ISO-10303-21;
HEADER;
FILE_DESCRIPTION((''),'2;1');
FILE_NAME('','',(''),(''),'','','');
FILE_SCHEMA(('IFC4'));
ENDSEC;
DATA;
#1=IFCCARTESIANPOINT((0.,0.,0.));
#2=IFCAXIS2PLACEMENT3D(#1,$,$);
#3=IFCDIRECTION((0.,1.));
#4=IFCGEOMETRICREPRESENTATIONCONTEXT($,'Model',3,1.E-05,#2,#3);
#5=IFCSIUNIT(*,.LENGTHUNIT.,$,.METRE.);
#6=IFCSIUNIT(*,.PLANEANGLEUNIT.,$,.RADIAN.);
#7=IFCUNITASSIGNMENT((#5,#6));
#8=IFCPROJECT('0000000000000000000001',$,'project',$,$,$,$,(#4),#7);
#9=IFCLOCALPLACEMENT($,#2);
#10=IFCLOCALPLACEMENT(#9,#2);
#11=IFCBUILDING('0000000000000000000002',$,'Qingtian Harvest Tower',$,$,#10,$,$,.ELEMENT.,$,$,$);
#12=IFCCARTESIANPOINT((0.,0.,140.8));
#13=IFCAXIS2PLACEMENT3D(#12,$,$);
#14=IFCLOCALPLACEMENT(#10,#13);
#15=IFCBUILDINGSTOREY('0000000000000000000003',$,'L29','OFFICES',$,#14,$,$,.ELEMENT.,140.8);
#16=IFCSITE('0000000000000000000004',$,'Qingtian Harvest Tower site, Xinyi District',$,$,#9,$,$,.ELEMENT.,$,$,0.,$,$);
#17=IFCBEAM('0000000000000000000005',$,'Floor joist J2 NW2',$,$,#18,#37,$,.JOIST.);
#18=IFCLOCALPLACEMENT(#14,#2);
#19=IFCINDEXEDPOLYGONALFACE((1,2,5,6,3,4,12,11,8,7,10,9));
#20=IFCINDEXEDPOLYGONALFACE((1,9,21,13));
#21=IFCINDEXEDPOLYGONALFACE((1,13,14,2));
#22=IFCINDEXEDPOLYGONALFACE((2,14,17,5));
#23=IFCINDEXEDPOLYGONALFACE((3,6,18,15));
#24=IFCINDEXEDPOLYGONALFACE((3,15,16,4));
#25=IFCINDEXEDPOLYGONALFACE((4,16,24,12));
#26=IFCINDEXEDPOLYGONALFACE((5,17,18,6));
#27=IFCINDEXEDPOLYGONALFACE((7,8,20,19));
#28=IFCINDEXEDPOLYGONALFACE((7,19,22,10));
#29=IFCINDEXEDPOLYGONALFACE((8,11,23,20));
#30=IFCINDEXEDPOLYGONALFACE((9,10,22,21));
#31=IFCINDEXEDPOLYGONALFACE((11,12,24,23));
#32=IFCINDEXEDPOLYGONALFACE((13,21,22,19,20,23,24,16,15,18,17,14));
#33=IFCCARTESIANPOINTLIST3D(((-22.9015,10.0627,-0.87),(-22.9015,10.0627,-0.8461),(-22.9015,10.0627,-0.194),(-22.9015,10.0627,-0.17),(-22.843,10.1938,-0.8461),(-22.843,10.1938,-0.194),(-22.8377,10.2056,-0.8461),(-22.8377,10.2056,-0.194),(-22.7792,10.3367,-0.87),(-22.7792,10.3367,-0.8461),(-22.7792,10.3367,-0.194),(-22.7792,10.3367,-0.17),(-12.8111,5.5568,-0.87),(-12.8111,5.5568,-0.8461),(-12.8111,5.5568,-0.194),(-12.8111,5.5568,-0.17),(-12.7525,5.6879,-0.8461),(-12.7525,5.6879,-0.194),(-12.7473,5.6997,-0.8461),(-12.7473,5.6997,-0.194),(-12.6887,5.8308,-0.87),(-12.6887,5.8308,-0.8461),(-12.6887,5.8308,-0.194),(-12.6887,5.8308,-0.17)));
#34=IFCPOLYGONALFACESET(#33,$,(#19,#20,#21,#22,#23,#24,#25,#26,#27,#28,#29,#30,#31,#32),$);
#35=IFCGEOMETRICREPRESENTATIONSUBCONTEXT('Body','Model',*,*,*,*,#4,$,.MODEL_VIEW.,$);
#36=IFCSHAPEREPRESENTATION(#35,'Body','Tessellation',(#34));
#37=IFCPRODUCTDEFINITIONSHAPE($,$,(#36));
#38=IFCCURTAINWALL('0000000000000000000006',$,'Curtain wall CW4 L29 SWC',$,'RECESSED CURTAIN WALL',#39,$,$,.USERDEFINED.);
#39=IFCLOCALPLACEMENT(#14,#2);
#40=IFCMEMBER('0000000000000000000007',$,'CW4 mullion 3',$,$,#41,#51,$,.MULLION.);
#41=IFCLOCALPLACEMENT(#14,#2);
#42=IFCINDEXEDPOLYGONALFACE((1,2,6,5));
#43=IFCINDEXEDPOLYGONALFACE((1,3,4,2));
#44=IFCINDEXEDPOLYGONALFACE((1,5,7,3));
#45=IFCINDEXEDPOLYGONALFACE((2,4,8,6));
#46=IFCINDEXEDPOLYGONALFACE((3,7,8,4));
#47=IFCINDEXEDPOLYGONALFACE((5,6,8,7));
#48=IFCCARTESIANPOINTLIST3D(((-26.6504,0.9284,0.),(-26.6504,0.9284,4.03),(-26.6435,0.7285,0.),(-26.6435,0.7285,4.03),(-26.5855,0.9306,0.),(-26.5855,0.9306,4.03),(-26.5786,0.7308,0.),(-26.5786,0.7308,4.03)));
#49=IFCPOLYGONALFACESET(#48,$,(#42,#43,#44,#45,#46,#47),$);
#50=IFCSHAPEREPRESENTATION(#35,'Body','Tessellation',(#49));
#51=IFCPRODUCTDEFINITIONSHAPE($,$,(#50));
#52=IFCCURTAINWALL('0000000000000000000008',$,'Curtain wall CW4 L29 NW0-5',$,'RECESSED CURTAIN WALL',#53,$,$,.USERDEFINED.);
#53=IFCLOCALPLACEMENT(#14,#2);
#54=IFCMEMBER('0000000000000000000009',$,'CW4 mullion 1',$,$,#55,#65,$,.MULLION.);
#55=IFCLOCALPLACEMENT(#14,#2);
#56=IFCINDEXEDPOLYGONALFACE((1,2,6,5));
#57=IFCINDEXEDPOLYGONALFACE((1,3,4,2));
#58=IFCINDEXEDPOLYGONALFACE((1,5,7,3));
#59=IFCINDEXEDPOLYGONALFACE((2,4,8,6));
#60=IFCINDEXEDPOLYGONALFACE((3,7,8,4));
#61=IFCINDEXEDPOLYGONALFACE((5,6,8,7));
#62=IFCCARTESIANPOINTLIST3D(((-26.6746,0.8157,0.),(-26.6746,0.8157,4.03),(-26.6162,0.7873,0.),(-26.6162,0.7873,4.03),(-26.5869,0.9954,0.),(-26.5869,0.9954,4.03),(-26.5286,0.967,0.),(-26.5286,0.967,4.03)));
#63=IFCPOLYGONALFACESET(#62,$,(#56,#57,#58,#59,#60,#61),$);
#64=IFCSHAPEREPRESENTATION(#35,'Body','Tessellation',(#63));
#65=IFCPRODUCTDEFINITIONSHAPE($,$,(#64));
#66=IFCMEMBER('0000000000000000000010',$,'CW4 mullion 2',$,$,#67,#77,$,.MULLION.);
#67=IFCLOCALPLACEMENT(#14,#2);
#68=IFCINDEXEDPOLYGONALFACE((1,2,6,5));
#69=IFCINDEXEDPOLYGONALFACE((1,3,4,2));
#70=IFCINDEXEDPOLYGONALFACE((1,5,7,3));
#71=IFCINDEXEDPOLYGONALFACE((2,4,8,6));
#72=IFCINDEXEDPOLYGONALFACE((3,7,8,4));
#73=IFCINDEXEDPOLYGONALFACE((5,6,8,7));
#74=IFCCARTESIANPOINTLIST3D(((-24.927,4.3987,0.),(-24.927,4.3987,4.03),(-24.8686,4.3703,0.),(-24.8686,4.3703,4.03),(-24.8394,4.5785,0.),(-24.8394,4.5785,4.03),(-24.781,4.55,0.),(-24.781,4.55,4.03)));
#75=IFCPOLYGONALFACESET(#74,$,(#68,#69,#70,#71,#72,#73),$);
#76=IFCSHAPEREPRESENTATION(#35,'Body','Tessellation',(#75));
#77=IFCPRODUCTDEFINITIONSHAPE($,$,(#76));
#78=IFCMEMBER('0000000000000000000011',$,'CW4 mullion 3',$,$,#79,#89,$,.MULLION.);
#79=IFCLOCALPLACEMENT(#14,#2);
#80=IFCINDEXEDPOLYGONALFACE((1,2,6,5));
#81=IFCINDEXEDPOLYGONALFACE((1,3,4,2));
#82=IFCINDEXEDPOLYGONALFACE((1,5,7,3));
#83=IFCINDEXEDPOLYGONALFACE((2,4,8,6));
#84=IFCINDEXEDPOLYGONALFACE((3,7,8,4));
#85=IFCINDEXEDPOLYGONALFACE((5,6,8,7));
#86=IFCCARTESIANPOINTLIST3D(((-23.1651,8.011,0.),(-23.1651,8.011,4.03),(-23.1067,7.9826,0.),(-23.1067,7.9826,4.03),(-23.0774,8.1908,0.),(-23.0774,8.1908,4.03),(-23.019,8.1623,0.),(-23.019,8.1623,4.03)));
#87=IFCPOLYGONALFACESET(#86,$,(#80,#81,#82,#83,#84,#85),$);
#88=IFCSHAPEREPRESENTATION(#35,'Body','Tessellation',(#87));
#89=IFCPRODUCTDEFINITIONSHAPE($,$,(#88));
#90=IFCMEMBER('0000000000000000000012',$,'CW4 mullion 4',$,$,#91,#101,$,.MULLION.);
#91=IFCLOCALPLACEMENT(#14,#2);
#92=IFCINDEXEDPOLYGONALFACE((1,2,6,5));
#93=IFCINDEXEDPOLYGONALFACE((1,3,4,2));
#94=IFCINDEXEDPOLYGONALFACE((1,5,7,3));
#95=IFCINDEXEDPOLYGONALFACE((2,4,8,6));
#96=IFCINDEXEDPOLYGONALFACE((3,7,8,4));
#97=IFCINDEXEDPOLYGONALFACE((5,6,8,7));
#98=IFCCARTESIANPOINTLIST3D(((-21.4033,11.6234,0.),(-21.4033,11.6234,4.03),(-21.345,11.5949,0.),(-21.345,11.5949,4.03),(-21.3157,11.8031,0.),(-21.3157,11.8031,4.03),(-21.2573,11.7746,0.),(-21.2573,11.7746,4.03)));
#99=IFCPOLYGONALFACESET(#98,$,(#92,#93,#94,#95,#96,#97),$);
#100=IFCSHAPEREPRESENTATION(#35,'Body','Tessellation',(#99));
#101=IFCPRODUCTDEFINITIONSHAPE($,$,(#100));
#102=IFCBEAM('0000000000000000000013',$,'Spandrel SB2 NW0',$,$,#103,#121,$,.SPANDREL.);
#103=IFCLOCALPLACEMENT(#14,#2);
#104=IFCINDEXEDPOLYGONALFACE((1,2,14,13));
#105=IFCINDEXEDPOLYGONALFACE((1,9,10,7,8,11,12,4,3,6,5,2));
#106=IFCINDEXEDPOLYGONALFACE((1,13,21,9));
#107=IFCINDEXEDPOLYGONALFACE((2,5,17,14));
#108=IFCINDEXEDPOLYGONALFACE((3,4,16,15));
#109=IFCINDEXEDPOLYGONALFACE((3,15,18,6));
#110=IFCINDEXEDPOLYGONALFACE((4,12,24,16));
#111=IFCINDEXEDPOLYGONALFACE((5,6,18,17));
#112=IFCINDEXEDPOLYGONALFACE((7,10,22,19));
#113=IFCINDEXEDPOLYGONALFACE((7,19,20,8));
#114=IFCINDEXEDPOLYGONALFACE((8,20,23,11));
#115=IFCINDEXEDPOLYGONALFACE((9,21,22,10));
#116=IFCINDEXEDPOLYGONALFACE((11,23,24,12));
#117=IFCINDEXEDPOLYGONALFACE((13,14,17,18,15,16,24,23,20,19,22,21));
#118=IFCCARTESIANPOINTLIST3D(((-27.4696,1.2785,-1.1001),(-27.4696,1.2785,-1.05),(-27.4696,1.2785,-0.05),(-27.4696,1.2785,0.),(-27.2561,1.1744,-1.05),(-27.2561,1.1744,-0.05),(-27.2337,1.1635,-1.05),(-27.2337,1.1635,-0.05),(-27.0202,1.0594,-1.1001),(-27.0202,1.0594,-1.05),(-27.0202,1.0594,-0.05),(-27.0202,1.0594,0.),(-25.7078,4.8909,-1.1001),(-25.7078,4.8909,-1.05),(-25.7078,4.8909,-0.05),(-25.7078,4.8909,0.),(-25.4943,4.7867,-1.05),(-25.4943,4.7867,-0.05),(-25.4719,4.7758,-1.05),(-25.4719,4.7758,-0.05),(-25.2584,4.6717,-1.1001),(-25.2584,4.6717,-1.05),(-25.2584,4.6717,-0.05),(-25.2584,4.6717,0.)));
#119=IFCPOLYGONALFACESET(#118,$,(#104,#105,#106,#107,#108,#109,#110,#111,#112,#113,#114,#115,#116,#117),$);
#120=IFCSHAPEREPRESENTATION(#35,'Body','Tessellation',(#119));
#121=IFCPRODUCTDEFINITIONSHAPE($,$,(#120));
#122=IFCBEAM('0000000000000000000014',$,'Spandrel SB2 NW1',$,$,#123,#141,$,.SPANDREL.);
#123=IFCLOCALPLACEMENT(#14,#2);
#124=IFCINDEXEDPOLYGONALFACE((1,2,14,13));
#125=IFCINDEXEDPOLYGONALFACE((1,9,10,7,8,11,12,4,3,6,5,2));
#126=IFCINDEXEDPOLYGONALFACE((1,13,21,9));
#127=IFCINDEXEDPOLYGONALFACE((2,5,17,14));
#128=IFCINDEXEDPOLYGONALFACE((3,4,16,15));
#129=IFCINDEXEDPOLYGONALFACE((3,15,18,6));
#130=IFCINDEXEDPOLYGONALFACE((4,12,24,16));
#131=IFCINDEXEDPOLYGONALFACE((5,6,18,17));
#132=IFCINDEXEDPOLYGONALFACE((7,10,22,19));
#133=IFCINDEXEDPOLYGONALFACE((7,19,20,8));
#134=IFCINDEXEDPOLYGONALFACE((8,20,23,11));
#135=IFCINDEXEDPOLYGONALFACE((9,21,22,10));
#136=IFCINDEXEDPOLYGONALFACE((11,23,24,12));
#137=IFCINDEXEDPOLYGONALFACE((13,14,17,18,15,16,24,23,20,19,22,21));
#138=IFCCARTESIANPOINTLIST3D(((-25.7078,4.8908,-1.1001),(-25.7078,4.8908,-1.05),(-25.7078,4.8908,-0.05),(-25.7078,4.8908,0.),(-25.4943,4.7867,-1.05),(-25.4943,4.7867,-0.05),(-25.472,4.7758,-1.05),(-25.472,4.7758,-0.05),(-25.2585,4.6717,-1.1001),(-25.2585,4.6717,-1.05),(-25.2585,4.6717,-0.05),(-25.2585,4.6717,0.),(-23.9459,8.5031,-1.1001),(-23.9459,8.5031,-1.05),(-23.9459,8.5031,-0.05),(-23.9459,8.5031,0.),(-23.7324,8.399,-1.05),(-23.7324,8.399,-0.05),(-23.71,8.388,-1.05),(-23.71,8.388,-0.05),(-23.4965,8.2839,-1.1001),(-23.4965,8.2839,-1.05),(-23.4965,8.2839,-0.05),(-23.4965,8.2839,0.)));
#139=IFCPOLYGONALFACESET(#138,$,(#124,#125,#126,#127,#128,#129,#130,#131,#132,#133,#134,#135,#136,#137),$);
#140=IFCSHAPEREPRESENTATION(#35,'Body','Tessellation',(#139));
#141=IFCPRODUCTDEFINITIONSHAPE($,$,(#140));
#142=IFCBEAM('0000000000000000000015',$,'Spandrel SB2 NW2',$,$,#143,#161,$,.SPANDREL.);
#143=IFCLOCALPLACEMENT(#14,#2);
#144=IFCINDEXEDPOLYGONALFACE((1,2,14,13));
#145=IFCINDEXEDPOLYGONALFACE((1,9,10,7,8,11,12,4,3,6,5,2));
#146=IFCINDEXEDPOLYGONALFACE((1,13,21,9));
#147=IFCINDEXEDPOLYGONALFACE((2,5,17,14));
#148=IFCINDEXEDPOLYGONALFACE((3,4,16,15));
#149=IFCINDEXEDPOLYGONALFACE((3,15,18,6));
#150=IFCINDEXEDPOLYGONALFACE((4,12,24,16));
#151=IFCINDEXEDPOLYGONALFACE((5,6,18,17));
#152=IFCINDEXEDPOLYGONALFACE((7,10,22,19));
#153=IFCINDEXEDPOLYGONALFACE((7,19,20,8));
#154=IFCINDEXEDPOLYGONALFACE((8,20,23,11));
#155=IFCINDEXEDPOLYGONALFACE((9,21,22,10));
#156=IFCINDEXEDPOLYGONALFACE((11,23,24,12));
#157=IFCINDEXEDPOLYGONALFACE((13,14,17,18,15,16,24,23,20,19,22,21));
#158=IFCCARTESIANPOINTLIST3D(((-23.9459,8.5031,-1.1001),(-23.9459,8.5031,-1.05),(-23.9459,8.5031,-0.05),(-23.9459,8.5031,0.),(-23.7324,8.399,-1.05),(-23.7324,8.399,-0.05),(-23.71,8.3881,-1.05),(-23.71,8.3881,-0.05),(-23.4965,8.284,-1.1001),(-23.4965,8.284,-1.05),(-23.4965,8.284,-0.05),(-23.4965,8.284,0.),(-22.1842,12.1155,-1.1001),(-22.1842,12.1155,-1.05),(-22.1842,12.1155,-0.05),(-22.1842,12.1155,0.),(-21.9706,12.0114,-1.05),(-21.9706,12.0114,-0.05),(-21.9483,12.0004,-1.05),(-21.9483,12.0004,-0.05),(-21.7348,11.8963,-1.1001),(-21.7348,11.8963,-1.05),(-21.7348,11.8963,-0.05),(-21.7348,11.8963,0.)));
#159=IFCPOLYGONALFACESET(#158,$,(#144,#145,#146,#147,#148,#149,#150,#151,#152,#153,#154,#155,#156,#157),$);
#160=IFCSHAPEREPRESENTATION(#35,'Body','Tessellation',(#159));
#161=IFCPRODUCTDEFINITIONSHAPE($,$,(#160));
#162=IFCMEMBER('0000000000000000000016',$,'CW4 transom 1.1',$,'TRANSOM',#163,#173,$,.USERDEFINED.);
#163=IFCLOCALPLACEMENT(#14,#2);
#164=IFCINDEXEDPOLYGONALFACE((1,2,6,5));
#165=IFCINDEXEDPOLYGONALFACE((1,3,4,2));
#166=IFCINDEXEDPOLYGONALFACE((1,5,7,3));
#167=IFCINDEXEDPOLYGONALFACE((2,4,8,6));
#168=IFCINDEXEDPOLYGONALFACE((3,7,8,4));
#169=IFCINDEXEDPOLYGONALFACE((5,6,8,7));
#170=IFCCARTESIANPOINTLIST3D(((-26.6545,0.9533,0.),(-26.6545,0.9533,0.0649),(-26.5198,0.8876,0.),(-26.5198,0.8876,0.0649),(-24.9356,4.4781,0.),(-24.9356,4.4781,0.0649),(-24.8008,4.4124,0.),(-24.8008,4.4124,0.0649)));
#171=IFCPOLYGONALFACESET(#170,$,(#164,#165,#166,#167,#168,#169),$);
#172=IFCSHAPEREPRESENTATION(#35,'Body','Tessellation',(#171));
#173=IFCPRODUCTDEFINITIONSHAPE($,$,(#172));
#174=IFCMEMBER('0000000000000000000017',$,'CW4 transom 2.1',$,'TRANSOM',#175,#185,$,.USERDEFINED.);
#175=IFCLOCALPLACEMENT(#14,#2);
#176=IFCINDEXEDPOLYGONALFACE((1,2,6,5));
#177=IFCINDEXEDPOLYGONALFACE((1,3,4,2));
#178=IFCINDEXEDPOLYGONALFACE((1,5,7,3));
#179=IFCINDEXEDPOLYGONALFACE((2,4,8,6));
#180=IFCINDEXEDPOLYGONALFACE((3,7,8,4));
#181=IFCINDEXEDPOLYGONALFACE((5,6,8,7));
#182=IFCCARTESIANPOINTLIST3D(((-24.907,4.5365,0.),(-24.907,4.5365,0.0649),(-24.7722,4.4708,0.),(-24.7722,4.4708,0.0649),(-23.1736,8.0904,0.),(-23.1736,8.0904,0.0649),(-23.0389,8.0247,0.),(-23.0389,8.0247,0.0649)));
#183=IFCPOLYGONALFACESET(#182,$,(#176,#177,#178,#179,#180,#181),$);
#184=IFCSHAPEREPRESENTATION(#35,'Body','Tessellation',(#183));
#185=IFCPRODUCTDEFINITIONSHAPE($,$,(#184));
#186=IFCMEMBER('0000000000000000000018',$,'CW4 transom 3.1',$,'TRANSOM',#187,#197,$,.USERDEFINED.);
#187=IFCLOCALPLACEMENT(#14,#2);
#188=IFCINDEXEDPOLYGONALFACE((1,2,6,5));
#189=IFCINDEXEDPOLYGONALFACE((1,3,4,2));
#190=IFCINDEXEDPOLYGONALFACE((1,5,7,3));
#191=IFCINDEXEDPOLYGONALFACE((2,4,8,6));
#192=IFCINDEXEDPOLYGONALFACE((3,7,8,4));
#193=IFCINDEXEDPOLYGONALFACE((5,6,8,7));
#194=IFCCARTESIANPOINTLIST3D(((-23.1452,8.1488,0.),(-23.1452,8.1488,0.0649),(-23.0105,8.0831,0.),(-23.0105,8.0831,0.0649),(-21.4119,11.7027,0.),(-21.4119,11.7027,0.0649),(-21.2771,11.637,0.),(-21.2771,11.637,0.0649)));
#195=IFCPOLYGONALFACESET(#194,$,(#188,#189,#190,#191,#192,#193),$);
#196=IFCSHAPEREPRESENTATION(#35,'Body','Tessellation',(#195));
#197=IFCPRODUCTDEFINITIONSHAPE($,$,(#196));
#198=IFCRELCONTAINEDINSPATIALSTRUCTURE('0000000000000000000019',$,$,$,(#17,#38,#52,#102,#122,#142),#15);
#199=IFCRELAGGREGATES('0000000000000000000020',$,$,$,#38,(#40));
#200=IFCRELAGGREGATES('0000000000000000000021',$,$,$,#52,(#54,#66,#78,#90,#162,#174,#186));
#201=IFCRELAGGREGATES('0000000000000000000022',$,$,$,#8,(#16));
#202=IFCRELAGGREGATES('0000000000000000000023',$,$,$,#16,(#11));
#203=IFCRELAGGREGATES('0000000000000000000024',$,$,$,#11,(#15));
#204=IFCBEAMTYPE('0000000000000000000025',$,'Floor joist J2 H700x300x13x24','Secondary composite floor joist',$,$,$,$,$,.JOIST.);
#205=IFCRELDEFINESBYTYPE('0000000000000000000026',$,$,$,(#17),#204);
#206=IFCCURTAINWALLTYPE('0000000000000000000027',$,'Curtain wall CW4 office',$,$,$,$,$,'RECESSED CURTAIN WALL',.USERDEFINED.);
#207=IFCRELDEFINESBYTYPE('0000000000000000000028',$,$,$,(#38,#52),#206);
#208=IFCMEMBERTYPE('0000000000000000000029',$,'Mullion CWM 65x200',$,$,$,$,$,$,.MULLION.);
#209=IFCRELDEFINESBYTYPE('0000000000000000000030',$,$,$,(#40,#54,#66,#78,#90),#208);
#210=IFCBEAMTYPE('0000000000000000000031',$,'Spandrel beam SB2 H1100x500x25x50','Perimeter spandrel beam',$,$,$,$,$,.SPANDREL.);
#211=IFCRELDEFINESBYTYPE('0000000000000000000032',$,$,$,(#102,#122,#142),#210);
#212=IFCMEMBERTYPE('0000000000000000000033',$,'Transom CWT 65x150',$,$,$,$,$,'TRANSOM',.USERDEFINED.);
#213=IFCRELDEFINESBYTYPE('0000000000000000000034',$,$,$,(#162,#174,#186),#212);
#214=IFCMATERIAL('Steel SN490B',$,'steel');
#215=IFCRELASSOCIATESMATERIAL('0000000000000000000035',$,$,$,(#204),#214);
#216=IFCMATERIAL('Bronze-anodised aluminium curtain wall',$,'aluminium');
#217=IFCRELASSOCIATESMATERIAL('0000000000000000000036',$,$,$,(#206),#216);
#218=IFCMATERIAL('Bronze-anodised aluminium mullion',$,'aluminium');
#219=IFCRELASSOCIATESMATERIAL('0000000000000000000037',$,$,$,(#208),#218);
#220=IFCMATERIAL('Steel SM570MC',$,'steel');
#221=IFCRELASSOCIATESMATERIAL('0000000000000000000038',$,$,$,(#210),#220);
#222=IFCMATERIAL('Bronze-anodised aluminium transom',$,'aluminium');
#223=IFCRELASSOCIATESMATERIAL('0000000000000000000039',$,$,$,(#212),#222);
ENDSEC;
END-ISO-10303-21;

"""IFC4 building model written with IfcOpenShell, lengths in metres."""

from ifc_helpers import new_model, si_unit, direction, frame, origin, origin_2d, place, context, subcontext, project, spatial, rectangle, i_section, extrude, material, material_profile, profile_set, type_object, element, aggregate, save


model = new_model("IFC4")

# Units and contexts
model_context = context("Model", 3, precision=1e-05, world=origin(), true_north=direction((0.0, 1.0)))
body_context = subcontext(model_context, "Body", "Model", "MODEL_VIEW")
ifc_project = project(units=[si_unit("LENGTHUNIT", "METRE"), si_unit("PLANEANGLEUNIT", "RADIAN")], contexts=[model_context])

# Site, building, storey
site_placement = place(None, origin())
site = spatial("IfcSite", under=ifc_project, at=site_placement, Name="Qingtian Harvest Tower site, Xinyi District", CompositionType="ELEMENT", RefElevation=0.0)
building_placement = place(site_placement, origin())
building = spatial("IfcBuilding", under=site, at=building_placement, Name="Qingtian Harvest Tower", CompositionType="ELEMENT")
storey_placement = place(building_placement, frame((0.0, 0.0, 140.8)))
storey = spatial("IfcBuildingStorey", under=building, at=storey_placement, Name="L29", Description="OFFICES", CompositionType="ELEMENT", Elevation=140.8)

# Beam
ifc_material_1 = material(Name="Steel SN490B", Category="steel")
ifc_material_profile_1 = material_profile(ifc_material_1, i_section(OverallWidth=0.3, OverallDepth=0.7, WebThickness=0.0129, FlangeThickness=0.0239, at=origin_2d()), Name="H700x300x13x24")
ifc_profile_set_1 = profile_set([ifc_material_profile_1], Name="Steel SN490B")
beam_type_1 = type_object("IfcBeamType", Name="Floor joist J2 H700x300x13x24", Description="Secondary composite floor joist", PredefinedType="JOIST", material=ifc_profile_set_1)
beam_1_placement = place(storey_placement, frame((-22.8403, 10.1997, -0.52), z_axis=(0.913096, -0.407745, 0.0), x_axis=(0.407745, 0.913096, 0.0)))
element("IfcBeam", 1, at=beam_1_placement, inside=storey, type_object=beam_type_1, Name="Floor joist J2 NW2", PredefinedType="JOIST", context=body_context, shape_type="SweptSolid", body=[
    extrude(i_section(OverallWidth=0.3, OverallDepth=0.7, WebThickness=0.0129, FlangeThickness=0.0239, at=origin_2d()), origin(), (0.0, 0.0, 1.0), 11.0508),
])

# Curtain wall, member
ifc_material_2 = material(Name="Bronze-anodised aluminium curtain wall", Category="aluminium")
curtain_wall_type = type_object("IfcCurtainWallType", Name="Curtain wall CW4 office", ElementType="RECESSED CURTAIN WALL", PredefinedType="USERDEFINED", material=ifc_material_2)
curtain_wall_1_placement = place(storey_placement, origin())
curtain_wall_1 = element("IfcCurtainWall", 2, at=curtain_wall_1_placement, inside=storey, type_object=curtain_wall_type, Name="Curtain wall CW4 L29 SWC", ObjectType="RECESSED CURTAIN WALL", PredefinedType="USERDEFINED")
ifc_material_3 = material(Name="Bronze-anodised aluminium mullion", Category="aluminium")
ifc_material_profile_2 = material_profile(ifc_material_3, rectangle(XDim=0.0649, YDim=0.2, at=origin_2d()), Name="AL 65x200")
ifc_profile_set_2 = profile_set([ifc_material_profile_2], Name="Bronze-anodised aluminium mullion")
member_type_1 = type_object("IfcMemberType", Name="Mullion CWM 65x200", PredefinedType="MULLION", material=ifc_profile_set_2)
member_1_placement = place(storey_placement, frame((-26.6145, 0.8296, 0.0), z_axis=(0.0, 0.0, 1.0), x_axis=(-0.999391, -0.034899, 0.0)))
member_1 = element("IfcMember", 3, at=member_1_placement, type_object=member_type_1, Name="CW4 mullion 3", PredefinedType="MULLION", context=body_context, shape_type="SweptSolid", body=[
    extrude(rectangle(XDim=0.0649, YDim=0.2, at=origin_2d()), origin(), (0.0, 0.0, 1.0), 4.03),
])
aggregate(curtain_wall_1, [member_1])

# Curtain wall, members
curtain_wall_2_placement = place(storey_placement, origin())
curtain_wall_2 = element("IfcCurtainWall", 4, at=curtain_wall_2_placement, inside=storey, type_object=curtain_wall_type, Name="Curtain wall CW4 L29 NW0-5", ObjectType="RECESSED CURTAIN WALL", PredefinedType="USERDEFINED")
member_2_placement = place(storey_placement, frame((-26.6016, 0.8914, 0.0), z_axis=(0.0, 0.0, 1.0), x_axis=(-0.898794, 0.438371, 0.0)))
member_2 = element("IfcMember", 5, at=member_2_placement, type_object=member_type_1, Name="CW4 mullion 1", PredefinedType="MULLION", context=body_context, shape_type="SweptSolid", body=[
    extrude(rectangle(XDim=0.0649, YDim=0.2, at=origin_2d()), origin(), (0.0, 0.0, 1.0), 4.03),
])
member_3_placement = place(storey_placement, frame((-24.854, 4.4744, 0.0), z_axis=(0.0, 0.0, 1.0), x_axis=(-0.898794, 0.438371, 0.0)))
member_3 = element("IfcMember", 6, at=member_3_placement, type_object=member_type_1, Name="CW4 mullion 2", PredefinedType="MULLION", context=body_context, shape_type="SweptSolid", body=[
    extrude(rectangle(XDim=0.0649, YDim=0.2, at=origin_2d()), origin(), (0.0, 0.0, 1.0), 4.03),
])
member_4_placement = place(storey_placement, frame((-23.092, 8.0867, 0.0), z_axis=(0.0, 0.0, 1.0), x_axis=(-0.898794, 0.438371, 0.0)))
member_4 = element("IfcMember", 7, at=member_4_placement, type_object=member_type_1, Name="CW4 mullion 3", PredefinedType="MULLION", context=body_context, shape_type="SweptSolid", body=[
    extrude(rectangle(XDim=0.0649, YDim=0.2, at=origin_2d()), origin(), (0.0, 0.0, 1.0), 4.03),
])
member_5_placement = place(storey_placement, frame((-21.3303, 11.699, 0.0), z_axis=(0.0, 0.0, 1.0), x_axis=(-0.898794, 0.438371, 0.0)))
member_5 = element("IfcMember", 8, at=member_5_placement, type_object=member_type_1, Name="CW4 mullion 4", PredefinedType="MULLION", context=body_context, shape_type="SweptSolid", body=[
    extrude(rectangle(XDim=0.0649, YDim=0.2, at=origin_2d()), origin(), (0.0, 0.0, 1.0), 4.03),
])

# Beams
ifc_material_4 = material(Name="Steel SM570MC", Category="steel")
ifc_material_profile_3 = material_profile(ifc_material_4, i_section(OverallWidth=0.5, OverallDepth=1.1001, WebThickness=0.0249, FlangeThickness=0.05, at=origin_2d()), Name="H1100x500x25x50")
ifc_profile_set_3 = profile_set([ifc_material_profile_3], Name="Steel SM570MC")
beam_type_2 = type_object("IfcBeamType", Name="Spandrel beam SB2 H1100x500x25x50", Description="Perimeter spandrel beam", PredefinedType="SPANDREL", material=ifc_profile_set_3)
for number, where, z_axis, x_axis, name in (
    (9, (-27.2449, 1.1689, -0.55), (0.438347, 0.898806, 0.0), (-0.898806, 0.438347, 0.0), "Spandrel SB2 NW0"),
    (10, (-25.4832, 4.7812, -0.55), (0.438396, 0.898782, 0.0), (-0.898782, 0.438396, 0.0), "Spandrel SB2 NW1"),
    (11, (-23.7212, 8.3936, -0.55), (0.438347, 0.898806, 0.0), (-0.898806, 0.438347, 0.0), "Spandrel SB2 NW2"),
):
    element("IfcBeam", number, at=place(storey_placement, frame(where, z_axis=z_axis, x_axis=x_axis)), inside=storey, type_object=beam_type_2, Name=name, PredefinedType="SPANDREL", context=body_context, shape_type="SweptSolid", body=[
        extrude(i_section(OverallWidth=0.5, OverallDepth=1.1001, WebThickness=0.0249, FlangeThickness=0.05, at=origin_2d()), origin(), (0.0, 0.0, 1.0), 4.019),
    ])

# Members
ifc_material_5 = material(Name="Bronze-anodised aluminium transom", Category="aluminium")
ifc_material_profile_4 = material_profile(ifc_material_5, rectangle(XDim=0.1499, YDim=0.0649, at=origin_2d()), Name="AL 65x150")
ifc_profile_set_4 = profile_set([ifc_material_profile_4], Name="Bronze-anodised aluminium transom")
member_type_2 = type_object("IfcMemberType", Name="Transom CWT 65x150", ElementType="TRANSOM", PredefinedType="USERDEFINED", material=ifc_profile_set_4)
member_6_placement = place(storey_placement, frame((-26.5872, 0.9204, 0.0325), z_axis=(0.438327, 0.898816, 0.0), x_axis=(-0.898816, 0.438327, 0.0)))
member_6 = element("IfcMember", 12, at=member_6_placement, type_object=member_type_2, Name="CW4 transom 1.1", ObjectType="TRANSOM", PredefinedType="USERDEFINED", context=body_context, shape_type="SweptSolid", body=[
    extrude(rectangle(XDim=0.1499, YDim=0.0649, at=origin_2d()), origin(), (0.0, 0.0, 1.0), 3.9216),
])
member_7_placement = place(storey_placement, frame((-24.8396, 4.5037, 0.0325), z_axis=(0.438375, 0.898792, 0.0), x_axis=(-0.898792, 0.438375, 0.0)))
member_7 = element("IfcMember", 13, at=member_7_placement, type_object=member_type_2, Name="CW4 transom 2.1", ObjectType="TRANSOM", PredefinedType="USERDEFINED", context=body_context, shape_type="SweptSolid", body=[
    extrude(rectangle(XDim=0.1499, YDim=0.0649, at=origin_2d()), origin(), (0.0, 0.0, 1.0), 3.9541),
])
member_8_placement = place(storey_placement, frame((-23.0779, 8.116, 0.0325), z_axis=(0.438375, 0.898792, 0.0), x_axis=(-0.898792, 0.438375, 0.0)))
member_8 = element("IfcMember", 14, at=member_8_placement, type_object=member_type_2, Name="CW4 transom 3.1", ObjectType="TRANSOM", PredefinedType="USERDEFINED", context=body_context, shape_type="SweptSolid", body=[
    extrude(rectangle(XDim=0.1499, YDim=0.0649, at=origin_2d()), origin(), (0.0, 0.0, 1.0), 3.9541),
])

aggregate(curtain_wall_2, [member_2, member_3, member_4, member_5, member_6, member_7, member_8])

save(model, "model.ifc")
